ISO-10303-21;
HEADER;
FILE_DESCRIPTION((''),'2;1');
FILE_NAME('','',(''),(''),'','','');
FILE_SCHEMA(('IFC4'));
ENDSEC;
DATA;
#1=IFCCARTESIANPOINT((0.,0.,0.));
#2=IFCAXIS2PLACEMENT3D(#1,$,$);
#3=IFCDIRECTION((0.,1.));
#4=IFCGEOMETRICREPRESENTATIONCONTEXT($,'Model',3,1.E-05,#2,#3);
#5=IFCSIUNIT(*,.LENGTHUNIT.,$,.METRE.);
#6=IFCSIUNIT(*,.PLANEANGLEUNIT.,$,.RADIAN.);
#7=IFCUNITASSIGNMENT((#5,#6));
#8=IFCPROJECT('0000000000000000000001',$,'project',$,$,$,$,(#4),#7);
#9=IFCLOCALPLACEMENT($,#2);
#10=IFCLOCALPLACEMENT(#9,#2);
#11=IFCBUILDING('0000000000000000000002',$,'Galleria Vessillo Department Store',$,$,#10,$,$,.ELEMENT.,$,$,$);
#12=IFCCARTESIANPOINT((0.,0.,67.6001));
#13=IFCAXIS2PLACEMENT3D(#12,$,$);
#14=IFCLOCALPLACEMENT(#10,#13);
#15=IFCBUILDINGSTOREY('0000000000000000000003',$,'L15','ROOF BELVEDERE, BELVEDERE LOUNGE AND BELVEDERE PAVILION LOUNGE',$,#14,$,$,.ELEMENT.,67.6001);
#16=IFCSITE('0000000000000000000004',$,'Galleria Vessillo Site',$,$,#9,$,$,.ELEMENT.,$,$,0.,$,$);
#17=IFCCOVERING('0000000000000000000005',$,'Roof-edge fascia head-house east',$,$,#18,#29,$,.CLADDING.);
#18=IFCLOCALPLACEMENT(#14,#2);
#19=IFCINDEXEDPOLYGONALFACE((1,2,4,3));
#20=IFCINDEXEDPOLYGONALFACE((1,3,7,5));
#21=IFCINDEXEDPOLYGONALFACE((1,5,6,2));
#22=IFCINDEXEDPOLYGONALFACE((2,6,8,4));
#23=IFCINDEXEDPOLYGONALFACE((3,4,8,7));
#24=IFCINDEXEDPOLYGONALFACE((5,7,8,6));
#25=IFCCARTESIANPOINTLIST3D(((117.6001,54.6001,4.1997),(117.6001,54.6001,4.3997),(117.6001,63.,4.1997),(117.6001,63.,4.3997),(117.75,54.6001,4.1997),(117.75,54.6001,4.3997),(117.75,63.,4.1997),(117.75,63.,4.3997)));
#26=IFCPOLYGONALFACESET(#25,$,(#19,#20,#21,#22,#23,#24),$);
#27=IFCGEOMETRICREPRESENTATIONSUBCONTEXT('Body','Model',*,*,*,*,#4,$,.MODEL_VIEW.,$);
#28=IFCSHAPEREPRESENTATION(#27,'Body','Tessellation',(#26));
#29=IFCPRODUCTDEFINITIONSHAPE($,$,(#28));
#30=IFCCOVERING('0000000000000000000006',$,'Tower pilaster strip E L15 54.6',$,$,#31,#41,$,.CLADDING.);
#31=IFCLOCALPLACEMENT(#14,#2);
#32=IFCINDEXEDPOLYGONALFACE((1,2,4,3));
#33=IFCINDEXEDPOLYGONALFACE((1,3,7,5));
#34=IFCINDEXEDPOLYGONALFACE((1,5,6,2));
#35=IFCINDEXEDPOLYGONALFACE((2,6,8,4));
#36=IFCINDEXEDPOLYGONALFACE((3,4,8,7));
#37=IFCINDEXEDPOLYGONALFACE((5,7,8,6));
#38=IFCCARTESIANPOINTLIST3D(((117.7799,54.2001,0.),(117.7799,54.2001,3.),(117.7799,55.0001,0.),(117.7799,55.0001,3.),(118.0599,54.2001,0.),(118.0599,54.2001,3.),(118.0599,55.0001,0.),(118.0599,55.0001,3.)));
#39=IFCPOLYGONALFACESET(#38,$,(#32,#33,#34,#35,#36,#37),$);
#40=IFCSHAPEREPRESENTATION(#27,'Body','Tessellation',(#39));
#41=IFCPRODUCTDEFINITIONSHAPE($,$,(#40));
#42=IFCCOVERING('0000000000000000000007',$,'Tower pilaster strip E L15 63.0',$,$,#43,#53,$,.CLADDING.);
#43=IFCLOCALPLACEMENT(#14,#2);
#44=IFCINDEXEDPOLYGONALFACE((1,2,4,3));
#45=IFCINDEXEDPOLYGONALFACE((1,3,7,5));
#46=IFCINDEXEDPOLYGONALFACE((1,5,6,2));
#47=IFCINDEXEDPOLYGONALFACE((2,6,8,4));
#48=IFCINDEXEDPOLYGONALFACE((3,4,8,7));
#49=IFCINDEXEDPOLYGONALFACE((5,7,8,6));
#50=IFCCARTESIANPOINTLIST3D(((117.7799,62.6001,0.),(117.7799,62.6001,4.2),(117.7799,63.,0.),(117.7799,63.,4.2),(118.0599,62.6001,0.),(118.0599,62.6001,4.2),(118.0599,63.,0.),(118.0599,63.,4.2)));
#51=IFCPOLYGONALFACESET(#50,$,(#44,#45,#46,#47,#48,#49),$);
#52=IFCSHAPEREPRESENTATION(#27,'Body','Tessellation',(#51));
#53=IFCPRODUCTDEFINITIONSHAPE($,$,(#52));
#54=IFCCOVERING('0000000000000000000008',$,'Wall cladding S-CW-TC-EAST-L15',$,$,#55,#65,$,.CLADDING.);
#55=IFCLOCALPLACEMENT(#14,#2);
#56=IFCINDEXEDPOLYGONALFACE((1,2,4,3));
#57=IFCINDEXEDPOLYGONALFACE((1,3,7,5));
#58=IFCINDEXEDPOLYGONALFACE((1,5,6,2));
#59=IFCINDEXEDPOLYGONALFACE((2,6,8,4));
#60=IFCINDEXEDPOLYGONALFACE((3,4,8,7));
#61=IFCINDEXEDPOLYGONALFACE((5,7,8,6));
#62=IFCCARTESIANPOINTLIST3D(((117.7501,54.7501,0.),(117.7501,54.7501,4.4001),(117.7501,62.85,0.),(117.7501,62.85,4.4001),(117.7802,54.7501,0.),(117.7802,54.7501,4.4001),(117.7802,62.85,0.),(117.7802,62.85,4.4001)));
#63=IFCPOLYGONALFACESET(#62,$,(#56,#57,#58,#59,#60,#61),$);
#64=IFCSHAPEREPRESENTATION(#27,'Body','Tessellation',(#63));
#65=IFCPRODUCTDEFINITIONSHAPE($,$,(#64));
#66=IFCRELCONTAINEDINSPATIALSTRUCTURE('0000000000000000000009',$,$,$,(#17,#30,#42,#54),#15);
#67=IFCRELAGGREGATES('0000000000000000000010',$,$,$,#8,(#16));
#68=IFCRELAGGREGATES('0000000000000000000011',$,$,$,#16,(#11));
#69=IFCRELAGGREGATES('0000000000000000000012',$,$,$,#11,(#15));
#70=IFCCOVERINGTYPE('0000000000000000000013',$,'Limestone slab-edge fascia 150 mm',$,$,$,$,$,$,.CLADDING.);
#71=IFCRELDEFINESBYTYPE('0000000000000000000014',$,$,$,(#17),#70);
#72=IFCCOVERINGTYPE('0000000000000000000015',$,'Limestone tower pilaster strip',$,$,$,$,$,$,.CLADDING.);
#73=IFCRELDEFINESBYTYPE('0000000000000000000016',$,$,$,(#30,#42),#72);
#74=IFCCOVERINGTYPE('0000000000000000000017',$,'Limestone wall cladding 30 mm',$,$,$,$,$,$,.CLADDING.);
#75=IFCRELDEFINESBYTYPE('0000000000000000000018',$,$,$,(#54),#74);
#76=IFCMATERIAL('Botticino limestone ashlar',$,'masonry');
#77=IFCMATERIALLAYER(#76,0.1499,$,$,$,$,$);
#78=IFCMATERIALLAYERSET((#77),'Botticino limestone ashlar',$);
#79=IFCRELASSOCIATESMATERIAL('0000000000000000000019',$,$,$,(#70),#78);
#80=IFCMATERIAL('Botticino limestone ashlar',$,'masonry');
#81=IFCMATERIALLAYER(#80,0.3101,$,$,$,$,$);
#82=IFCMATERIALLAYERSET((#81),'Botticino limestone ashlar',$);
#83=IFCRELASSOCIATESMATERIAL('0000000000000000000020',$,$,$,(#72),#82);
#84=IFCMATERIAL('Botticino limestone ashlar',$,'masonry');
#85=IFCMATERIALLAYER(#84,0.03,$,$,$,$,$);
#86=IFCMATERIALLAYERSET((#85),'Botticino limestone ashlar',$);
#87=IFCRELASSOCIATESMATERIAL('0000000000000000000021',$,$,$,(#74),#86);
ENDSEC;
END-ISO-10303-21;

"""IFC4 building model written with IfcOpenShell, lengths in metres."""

from ifc_helpers import new_model, si_unit, direction, frame, origin, origin_2d, place, context, subcontext, project, spatial, rectangle, extrude, material, layer, layer_set, type_object, element, save


model = new_model("IFC4")

# Units and contexts
model_context = context("Model", 3, precision=1e-05, world=origin(), true_north=direction((0.0, 1.0)))
body_context = subcontext(model_context, "Body", "Model", "MODEL_VIEW")
ifc_project = project(units=[si_unit("LENGTHUNIT", "METRE"), si_unit("PLANEANGLEUNIT", "RADIAN")], contexts=[model_context])

# Site, building, storey
site_placement = place(None, origin())
site = spatial("IfcSite", under=ifc_project, at=site_placement, Name="Galleria Vessillo Site", CompositionType="ELEMENT", RefElevation=0.0)
building_placement = place(site_placement, origin())
building = spatial("IfcBuilding", under=site, at=building_placement, Name="Galleria Vessillo Department Store", CompositionType="ELEMENT")
storey_placement = place(building_placement, frame((0.0, 0.0, 67.6001)))
storey = spatial("IfcBuildingStorey", under=building, at=storey_placement, Name="L15", Description="ROOF BELVEDERE, BELVEDERE LOUNGE AND BELVEDERE PAVILION LOUNGE", CompositionType="ELEMENT", Elevation=67.6001)

# Coverings
ifc_material_1 = material(Name="Botticino limestone ashlar", Category="masonry")
ifc_layer_1 = layer(ifc_material_1, 0.1499)
ifc_layer_set_1 = layer_set([ifc_layer_1], Name="Botticino limestone ashlar")
covering_type_1 = type_object("IfcCoveringType", Name="Limestone slab-edge fascia 150 mm", PredefinedType="CLADDING", material=ifc_layer_set_1)
covering_1_placement = place(storey_placement, frame((117.675, 58.8, 4.1997), z_axis=(0.0, 0.0, 1.0), x_axis=(1.0, 0.0, 0.0)))
element("IfcCovering", 1, at=covering_1_placement, inside=storey, type_object=covering_type_1, Name="Roof-edge fascia head-house east", PredefinedType="CLADDING", context=body_context, shape_type="SweptSolid", body=[
    extrude(rectangle(XDim=0.1499, YDim=8.3999, at=origin_2d()), origin(), (0.0, 0.0, 1.0), 0.2),
])
ifc_material_2 = material(Name="Botticino limestone ashlar", Category="masonry")
ifc_layer_2 = layer(ifc_material_2, 0.3101)
ifc_layer_set_2 = layer_set([ifc_layer_2], Name="Botticino limestone ashlar")
covering_type_2 = type_object("IfcCoveringType", Name="Limestone tower pilaster strip", PredefinedType="CLADDING", material=ifc_layer_set_2)
covering_2_placement = place(storey_placement, frame((117.9199, 54.6001, 0.0), z_axis=(0.0, 0.0, 1.0), x_axis=(1.0, 0.0, 0.0)))
element("IfcCovering", 2, at=covering_2_placement, inside=storey, type_object=covering_type_2, Name="Tower pilaster strip E L15 54.6", PredefinedType="CLADDING", context=body_context, shape_type="SweptSolid", body=[
    extrude(rectangle(XDim=0.28, YDim=0.8, at=origin_2d()), origin(), (0.0, 0.0, 1.0), 3.0),
])
covering_3_placement = place(storey_placement, frame((117.9199, 62.8, 0.0), z_axis=(0.0, 0.0, 1.0), x_axis=(1.0, 0.0, 0.0)))
element("IfcCovering", 3, at=covering_3_placement, inside=storey, type_object=covering_type_2, Name="Tower pilaster strip E L15 63.0", PredefinedType="CLADDING", context=body_context, shape_type="SweptSolid", body=[
    extrude(rectangle(XDim=0.28, YDim=0.3999, at=origin_2d()), origin(), (0.0, 0.0, 1.0), 4.2),
])
ifc_material_3 = material(Name="Botticino limestone ashlar", Category="masonry")
ifc_layer_3 = layer(ifc_material_3, 0.03)
ifc_layer_set_3 = layer_set([ifc_layer_3], Name="Botticino limestone ashlar")
covering_type_3 = type_object("IfcCoveringType", Name="Limestone wall cladding 30 mm", PredefinedType="CLADDING", material=ifc_layer_set_3)
covering_4_placement = place(storey_placement, frame((117.7651, 58.8, 0.0), z_axis=(0.0, 0.0, 1.0), x_axis=(1.0, 0.0, 0.0)))
element("IfcCovering", 4, at=covering_4_placement, inside=storey, type_object=covering_type_3, Name="Wall cladding S-CW-TC-EAST-L15", PredefinedType="CLADDING", context=body_context, shape_type="SweptSolid", body=[
    extrude(rectangle(XDim=0.03, YDim=8.0999, at=origin_2d()), origin(), (0.0, 0.0, 1.0), 4.4001),
])

save(model, "model.ifc")
